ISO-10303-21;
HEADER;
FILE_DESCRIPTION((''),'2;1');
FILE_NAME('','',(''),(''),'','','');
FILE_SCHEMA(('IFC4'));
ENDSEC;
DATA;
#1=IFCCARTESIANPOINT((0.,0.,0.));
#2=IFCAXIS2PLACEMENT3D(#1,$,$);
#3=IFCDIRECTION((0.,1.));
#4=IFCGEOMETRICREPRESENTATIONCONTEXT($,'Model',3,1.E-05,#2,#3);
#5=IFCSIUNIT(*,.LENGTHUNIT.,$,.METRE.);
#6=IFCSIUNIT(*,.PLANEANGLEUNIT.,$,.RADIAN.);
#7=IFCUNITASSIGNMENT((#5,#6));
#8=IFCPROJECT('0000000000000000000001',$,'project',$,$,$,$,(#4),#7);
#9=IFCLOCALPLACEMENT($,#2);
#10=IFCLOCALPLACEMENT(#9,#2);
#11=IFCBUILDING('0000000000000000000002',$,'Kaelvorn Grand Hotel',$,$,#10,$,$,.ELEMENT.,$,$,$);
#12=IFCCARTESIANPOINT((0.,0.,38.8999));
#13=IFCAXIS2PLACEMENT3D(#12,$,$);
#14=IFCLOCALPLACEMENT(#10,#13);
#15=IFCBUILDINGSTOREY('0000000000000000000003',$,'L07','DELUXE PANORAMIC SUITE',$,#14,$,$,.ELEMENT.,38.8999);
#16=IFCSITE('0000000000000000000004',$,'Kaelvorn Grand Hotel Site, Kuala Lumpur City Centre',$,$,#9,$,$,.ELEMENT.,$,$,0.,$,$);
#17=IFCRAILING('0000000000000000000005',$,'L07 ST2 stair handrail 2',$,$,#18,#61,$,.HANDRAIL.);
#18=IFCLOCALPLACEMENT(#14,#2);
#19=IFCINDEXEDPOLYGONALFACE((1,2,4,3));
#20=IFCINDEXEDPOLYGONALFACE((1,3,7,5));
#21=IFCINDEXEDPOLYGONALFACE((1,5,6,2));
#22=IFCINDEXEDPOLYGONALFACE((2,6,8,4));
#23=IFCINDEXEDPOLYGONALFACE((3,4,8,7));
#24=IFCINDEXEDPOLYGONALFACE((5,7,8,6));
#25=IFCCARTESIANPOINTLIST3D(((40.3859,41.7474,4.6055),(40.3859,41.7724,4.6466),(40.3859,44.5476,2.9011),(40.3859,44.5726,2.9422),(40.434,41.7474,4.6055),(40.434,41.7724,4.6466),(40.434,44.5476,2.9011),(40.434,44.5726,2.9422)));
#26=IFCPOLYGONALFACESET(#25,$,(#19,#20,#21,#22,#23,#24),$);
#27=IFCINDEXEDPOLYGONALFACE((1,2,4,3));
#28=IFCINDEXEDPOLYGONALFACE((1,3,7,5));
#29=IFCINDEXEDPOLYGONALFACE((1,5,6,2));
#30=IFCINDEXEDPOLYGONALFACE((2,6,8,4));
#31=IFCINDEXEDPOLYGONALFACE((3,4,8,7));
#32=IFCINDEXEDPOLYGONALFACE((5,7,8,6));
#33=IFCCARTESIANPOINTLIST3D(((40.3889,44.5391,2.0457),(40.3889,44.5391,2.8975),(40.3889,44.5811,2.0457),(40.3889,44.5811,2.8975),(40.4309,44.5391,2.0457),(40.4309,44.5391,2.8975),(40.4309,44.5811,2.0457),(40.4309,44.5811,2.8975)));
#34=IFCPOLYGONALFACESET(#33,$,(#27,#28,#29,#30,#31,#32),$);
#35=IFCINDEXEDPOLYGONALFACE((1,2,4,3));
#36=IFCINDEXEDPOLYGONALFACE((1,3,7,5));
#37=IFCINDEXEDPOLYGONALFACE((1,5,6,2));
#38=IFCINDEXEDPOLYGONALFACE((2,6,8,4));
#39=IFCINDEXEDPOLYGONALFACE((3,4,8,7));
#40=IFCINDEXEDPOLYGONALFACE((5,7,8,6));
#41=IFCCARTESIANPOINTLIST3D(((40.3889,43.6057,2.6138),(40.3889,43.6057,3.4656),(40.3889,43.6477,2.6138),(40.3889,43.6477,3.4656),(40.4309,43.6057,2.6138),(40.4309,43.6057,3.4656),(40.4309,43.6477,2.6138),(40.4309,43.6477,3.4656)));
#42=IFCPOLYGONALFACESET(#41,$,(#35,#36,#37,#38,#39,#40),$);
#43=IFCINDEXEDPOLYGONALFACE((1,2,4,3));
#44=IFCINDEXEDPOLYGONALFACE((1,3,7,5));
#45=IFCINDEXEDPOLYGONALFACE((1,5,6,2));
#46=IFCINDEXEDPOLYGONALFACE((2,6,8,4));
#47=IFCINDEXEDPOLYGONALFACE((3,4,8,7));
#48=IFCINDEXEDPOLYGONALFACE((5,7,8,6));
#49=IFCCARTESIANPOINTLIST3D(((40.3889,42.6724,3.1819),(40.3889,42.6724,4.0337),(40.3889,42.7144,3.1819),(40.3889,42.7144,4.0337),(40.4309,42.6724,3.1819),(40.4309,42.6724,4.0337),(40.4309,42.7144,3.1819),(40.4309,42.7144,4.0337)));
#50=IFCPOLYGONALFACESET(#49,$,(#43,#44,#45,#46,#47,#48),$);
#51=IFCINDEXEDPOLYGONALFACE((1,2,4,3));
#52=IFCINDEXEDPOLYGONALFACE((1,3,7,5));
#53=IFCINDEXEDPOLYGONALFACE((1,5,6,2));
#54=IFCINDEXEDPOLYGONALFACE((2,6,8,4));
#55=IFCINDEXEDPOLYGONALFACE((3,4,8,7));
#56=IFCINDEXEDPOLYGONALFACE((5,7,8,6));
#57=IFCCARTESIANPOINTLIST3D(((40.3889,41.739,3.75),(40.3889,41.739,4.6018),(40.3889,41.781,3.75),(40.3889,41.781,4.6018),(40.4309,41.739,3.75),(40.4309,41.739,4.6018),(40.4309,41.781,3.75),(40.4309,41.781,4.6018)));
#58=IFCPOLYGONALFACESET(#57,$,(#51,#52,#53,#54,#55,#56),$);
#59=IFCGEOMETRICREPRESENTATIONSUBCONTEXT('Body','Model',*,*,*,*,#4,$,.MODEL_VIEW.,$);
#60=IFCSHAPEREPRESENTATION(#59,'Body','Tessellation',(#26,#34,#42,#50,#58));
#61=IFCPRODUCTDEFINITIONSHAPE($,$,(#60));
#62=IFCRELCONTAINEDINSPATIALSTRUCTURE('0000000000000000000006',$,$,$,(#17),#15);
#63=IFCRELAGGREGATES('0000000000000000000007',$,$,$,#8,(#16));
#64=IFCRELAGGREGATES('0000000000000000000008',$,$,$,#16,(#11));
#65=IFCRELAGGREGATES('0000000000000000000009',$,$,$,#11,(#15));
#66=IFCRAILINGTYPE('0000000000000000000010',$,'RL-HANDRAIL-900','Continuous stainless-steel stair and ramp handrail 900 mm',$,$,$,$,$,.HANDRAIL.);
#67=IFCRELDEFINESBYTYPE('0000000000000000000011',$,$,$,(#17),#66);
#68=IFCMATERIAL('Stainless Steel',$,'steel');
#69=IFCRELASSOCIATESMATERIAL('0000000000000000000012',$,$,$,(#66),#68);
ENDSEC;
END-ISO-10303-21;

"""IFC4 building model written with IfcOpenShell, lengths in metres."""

from ifc_helpers import new_model, si_unit, direction, frame, origin, origin_2d, place, context, subcontext, project, spatial, rectangle, extrude, material, type_object, element, save


model = new_model("IFC4")

# Units and contexts
model_context = context("Model", 3, precision=1e-05, world=origin(), true_north=direction((0.0, 1.0)))
body_context = subcontext(model_context, "Body", "Model", "MODEL_VIEW")
ifc_project = project(units=[si_unit("LENGTHUNIT", "METRE"), si_unit("PLANEANGLEUNIT", "RADIAN")], contexts=[model_context])

# Site, building, storey
site_placement = place(None, origin())
site = spatial("IfcSite", under=ifc_project, at=site_placement, Name="Kaelvorn Grand Hotel Site, Kuala Lumpur City Centre", CompositionType="ELEMENT", RefElevation=0.0)
building_placement = place(site_placement, origin())
building = spatial("IfcBuilding", under=site, at=building_placement, Name="Kaelvorn Grand Hotel", CompositionType="ELEMENT")
storey_placement = place(building_placement, frame((0.0, 0.0, 38.8999)))
storey = spatial("IfcBuildingStorey", under=building, at=storey_placement, Name="L07", Description="DELUXE PANORAMIC SUITE", CompositionType="ELEMENT", Elevation=38.8999)

# Railing
ifc_material_1 = material(Name="Stainless Steel", Category="steel")
railing_type = type_object("IfcRailingType", Name="RL-HANDRAIL-900", Description="Continuous stainless-steel stair and ramp handrail 900 mm", PredefinedType="HANDRAIL", material=ifc_material_1)
railing_placement = place(storey_placement, frame((40.4099, 44.5601, 2.0457)))
element("IfcRailing", 1, at=railing_placement, inside=storey, type_object=railing_type, Name="L07 ST2 stair handrail 2", PredefinedType="HANDRAIL", context=body_context, shape_type="SweptSolid", body=[
    extrude(rectangle(XDim=0.0481, YDim=0.0481, at=origin_2d()), frame((0.0, 0.0, 0.876), z_axis=(0.0, -0.854203, 0.51994), x_axis=(1.0, 0.0, 0.0)), (0.0, 0.0, 1.0), 3.2781),
    extrude(rectangle(XDim=0.042, YDim=0.042, at=origin_2d()), origin(), (0.0, 0.0, 1.0), 0.8518),
    extrude(rectangle(XDim=0.042, YDim=0.042, at=origin_2d()), frame((0.0, -0.9333, 0.5681)), (0.0, 0.0, 1.0), 0.8518),
    extrude(rectangle(XDim=0.042, YDim=0.042, at=origin_2d()), frame((0.0, -1.8667, 1.1362)), (0.0, 0.0, 1.0), 0.8518),
    extrude(rectangle(XDim=0.042, YDim=0.042, at=origin_2d()), frame((0.0, -2.8, 1.7043)), (0.0, 0.0, 1.0), 0.8518),
])

save(model, "model.ifc")
